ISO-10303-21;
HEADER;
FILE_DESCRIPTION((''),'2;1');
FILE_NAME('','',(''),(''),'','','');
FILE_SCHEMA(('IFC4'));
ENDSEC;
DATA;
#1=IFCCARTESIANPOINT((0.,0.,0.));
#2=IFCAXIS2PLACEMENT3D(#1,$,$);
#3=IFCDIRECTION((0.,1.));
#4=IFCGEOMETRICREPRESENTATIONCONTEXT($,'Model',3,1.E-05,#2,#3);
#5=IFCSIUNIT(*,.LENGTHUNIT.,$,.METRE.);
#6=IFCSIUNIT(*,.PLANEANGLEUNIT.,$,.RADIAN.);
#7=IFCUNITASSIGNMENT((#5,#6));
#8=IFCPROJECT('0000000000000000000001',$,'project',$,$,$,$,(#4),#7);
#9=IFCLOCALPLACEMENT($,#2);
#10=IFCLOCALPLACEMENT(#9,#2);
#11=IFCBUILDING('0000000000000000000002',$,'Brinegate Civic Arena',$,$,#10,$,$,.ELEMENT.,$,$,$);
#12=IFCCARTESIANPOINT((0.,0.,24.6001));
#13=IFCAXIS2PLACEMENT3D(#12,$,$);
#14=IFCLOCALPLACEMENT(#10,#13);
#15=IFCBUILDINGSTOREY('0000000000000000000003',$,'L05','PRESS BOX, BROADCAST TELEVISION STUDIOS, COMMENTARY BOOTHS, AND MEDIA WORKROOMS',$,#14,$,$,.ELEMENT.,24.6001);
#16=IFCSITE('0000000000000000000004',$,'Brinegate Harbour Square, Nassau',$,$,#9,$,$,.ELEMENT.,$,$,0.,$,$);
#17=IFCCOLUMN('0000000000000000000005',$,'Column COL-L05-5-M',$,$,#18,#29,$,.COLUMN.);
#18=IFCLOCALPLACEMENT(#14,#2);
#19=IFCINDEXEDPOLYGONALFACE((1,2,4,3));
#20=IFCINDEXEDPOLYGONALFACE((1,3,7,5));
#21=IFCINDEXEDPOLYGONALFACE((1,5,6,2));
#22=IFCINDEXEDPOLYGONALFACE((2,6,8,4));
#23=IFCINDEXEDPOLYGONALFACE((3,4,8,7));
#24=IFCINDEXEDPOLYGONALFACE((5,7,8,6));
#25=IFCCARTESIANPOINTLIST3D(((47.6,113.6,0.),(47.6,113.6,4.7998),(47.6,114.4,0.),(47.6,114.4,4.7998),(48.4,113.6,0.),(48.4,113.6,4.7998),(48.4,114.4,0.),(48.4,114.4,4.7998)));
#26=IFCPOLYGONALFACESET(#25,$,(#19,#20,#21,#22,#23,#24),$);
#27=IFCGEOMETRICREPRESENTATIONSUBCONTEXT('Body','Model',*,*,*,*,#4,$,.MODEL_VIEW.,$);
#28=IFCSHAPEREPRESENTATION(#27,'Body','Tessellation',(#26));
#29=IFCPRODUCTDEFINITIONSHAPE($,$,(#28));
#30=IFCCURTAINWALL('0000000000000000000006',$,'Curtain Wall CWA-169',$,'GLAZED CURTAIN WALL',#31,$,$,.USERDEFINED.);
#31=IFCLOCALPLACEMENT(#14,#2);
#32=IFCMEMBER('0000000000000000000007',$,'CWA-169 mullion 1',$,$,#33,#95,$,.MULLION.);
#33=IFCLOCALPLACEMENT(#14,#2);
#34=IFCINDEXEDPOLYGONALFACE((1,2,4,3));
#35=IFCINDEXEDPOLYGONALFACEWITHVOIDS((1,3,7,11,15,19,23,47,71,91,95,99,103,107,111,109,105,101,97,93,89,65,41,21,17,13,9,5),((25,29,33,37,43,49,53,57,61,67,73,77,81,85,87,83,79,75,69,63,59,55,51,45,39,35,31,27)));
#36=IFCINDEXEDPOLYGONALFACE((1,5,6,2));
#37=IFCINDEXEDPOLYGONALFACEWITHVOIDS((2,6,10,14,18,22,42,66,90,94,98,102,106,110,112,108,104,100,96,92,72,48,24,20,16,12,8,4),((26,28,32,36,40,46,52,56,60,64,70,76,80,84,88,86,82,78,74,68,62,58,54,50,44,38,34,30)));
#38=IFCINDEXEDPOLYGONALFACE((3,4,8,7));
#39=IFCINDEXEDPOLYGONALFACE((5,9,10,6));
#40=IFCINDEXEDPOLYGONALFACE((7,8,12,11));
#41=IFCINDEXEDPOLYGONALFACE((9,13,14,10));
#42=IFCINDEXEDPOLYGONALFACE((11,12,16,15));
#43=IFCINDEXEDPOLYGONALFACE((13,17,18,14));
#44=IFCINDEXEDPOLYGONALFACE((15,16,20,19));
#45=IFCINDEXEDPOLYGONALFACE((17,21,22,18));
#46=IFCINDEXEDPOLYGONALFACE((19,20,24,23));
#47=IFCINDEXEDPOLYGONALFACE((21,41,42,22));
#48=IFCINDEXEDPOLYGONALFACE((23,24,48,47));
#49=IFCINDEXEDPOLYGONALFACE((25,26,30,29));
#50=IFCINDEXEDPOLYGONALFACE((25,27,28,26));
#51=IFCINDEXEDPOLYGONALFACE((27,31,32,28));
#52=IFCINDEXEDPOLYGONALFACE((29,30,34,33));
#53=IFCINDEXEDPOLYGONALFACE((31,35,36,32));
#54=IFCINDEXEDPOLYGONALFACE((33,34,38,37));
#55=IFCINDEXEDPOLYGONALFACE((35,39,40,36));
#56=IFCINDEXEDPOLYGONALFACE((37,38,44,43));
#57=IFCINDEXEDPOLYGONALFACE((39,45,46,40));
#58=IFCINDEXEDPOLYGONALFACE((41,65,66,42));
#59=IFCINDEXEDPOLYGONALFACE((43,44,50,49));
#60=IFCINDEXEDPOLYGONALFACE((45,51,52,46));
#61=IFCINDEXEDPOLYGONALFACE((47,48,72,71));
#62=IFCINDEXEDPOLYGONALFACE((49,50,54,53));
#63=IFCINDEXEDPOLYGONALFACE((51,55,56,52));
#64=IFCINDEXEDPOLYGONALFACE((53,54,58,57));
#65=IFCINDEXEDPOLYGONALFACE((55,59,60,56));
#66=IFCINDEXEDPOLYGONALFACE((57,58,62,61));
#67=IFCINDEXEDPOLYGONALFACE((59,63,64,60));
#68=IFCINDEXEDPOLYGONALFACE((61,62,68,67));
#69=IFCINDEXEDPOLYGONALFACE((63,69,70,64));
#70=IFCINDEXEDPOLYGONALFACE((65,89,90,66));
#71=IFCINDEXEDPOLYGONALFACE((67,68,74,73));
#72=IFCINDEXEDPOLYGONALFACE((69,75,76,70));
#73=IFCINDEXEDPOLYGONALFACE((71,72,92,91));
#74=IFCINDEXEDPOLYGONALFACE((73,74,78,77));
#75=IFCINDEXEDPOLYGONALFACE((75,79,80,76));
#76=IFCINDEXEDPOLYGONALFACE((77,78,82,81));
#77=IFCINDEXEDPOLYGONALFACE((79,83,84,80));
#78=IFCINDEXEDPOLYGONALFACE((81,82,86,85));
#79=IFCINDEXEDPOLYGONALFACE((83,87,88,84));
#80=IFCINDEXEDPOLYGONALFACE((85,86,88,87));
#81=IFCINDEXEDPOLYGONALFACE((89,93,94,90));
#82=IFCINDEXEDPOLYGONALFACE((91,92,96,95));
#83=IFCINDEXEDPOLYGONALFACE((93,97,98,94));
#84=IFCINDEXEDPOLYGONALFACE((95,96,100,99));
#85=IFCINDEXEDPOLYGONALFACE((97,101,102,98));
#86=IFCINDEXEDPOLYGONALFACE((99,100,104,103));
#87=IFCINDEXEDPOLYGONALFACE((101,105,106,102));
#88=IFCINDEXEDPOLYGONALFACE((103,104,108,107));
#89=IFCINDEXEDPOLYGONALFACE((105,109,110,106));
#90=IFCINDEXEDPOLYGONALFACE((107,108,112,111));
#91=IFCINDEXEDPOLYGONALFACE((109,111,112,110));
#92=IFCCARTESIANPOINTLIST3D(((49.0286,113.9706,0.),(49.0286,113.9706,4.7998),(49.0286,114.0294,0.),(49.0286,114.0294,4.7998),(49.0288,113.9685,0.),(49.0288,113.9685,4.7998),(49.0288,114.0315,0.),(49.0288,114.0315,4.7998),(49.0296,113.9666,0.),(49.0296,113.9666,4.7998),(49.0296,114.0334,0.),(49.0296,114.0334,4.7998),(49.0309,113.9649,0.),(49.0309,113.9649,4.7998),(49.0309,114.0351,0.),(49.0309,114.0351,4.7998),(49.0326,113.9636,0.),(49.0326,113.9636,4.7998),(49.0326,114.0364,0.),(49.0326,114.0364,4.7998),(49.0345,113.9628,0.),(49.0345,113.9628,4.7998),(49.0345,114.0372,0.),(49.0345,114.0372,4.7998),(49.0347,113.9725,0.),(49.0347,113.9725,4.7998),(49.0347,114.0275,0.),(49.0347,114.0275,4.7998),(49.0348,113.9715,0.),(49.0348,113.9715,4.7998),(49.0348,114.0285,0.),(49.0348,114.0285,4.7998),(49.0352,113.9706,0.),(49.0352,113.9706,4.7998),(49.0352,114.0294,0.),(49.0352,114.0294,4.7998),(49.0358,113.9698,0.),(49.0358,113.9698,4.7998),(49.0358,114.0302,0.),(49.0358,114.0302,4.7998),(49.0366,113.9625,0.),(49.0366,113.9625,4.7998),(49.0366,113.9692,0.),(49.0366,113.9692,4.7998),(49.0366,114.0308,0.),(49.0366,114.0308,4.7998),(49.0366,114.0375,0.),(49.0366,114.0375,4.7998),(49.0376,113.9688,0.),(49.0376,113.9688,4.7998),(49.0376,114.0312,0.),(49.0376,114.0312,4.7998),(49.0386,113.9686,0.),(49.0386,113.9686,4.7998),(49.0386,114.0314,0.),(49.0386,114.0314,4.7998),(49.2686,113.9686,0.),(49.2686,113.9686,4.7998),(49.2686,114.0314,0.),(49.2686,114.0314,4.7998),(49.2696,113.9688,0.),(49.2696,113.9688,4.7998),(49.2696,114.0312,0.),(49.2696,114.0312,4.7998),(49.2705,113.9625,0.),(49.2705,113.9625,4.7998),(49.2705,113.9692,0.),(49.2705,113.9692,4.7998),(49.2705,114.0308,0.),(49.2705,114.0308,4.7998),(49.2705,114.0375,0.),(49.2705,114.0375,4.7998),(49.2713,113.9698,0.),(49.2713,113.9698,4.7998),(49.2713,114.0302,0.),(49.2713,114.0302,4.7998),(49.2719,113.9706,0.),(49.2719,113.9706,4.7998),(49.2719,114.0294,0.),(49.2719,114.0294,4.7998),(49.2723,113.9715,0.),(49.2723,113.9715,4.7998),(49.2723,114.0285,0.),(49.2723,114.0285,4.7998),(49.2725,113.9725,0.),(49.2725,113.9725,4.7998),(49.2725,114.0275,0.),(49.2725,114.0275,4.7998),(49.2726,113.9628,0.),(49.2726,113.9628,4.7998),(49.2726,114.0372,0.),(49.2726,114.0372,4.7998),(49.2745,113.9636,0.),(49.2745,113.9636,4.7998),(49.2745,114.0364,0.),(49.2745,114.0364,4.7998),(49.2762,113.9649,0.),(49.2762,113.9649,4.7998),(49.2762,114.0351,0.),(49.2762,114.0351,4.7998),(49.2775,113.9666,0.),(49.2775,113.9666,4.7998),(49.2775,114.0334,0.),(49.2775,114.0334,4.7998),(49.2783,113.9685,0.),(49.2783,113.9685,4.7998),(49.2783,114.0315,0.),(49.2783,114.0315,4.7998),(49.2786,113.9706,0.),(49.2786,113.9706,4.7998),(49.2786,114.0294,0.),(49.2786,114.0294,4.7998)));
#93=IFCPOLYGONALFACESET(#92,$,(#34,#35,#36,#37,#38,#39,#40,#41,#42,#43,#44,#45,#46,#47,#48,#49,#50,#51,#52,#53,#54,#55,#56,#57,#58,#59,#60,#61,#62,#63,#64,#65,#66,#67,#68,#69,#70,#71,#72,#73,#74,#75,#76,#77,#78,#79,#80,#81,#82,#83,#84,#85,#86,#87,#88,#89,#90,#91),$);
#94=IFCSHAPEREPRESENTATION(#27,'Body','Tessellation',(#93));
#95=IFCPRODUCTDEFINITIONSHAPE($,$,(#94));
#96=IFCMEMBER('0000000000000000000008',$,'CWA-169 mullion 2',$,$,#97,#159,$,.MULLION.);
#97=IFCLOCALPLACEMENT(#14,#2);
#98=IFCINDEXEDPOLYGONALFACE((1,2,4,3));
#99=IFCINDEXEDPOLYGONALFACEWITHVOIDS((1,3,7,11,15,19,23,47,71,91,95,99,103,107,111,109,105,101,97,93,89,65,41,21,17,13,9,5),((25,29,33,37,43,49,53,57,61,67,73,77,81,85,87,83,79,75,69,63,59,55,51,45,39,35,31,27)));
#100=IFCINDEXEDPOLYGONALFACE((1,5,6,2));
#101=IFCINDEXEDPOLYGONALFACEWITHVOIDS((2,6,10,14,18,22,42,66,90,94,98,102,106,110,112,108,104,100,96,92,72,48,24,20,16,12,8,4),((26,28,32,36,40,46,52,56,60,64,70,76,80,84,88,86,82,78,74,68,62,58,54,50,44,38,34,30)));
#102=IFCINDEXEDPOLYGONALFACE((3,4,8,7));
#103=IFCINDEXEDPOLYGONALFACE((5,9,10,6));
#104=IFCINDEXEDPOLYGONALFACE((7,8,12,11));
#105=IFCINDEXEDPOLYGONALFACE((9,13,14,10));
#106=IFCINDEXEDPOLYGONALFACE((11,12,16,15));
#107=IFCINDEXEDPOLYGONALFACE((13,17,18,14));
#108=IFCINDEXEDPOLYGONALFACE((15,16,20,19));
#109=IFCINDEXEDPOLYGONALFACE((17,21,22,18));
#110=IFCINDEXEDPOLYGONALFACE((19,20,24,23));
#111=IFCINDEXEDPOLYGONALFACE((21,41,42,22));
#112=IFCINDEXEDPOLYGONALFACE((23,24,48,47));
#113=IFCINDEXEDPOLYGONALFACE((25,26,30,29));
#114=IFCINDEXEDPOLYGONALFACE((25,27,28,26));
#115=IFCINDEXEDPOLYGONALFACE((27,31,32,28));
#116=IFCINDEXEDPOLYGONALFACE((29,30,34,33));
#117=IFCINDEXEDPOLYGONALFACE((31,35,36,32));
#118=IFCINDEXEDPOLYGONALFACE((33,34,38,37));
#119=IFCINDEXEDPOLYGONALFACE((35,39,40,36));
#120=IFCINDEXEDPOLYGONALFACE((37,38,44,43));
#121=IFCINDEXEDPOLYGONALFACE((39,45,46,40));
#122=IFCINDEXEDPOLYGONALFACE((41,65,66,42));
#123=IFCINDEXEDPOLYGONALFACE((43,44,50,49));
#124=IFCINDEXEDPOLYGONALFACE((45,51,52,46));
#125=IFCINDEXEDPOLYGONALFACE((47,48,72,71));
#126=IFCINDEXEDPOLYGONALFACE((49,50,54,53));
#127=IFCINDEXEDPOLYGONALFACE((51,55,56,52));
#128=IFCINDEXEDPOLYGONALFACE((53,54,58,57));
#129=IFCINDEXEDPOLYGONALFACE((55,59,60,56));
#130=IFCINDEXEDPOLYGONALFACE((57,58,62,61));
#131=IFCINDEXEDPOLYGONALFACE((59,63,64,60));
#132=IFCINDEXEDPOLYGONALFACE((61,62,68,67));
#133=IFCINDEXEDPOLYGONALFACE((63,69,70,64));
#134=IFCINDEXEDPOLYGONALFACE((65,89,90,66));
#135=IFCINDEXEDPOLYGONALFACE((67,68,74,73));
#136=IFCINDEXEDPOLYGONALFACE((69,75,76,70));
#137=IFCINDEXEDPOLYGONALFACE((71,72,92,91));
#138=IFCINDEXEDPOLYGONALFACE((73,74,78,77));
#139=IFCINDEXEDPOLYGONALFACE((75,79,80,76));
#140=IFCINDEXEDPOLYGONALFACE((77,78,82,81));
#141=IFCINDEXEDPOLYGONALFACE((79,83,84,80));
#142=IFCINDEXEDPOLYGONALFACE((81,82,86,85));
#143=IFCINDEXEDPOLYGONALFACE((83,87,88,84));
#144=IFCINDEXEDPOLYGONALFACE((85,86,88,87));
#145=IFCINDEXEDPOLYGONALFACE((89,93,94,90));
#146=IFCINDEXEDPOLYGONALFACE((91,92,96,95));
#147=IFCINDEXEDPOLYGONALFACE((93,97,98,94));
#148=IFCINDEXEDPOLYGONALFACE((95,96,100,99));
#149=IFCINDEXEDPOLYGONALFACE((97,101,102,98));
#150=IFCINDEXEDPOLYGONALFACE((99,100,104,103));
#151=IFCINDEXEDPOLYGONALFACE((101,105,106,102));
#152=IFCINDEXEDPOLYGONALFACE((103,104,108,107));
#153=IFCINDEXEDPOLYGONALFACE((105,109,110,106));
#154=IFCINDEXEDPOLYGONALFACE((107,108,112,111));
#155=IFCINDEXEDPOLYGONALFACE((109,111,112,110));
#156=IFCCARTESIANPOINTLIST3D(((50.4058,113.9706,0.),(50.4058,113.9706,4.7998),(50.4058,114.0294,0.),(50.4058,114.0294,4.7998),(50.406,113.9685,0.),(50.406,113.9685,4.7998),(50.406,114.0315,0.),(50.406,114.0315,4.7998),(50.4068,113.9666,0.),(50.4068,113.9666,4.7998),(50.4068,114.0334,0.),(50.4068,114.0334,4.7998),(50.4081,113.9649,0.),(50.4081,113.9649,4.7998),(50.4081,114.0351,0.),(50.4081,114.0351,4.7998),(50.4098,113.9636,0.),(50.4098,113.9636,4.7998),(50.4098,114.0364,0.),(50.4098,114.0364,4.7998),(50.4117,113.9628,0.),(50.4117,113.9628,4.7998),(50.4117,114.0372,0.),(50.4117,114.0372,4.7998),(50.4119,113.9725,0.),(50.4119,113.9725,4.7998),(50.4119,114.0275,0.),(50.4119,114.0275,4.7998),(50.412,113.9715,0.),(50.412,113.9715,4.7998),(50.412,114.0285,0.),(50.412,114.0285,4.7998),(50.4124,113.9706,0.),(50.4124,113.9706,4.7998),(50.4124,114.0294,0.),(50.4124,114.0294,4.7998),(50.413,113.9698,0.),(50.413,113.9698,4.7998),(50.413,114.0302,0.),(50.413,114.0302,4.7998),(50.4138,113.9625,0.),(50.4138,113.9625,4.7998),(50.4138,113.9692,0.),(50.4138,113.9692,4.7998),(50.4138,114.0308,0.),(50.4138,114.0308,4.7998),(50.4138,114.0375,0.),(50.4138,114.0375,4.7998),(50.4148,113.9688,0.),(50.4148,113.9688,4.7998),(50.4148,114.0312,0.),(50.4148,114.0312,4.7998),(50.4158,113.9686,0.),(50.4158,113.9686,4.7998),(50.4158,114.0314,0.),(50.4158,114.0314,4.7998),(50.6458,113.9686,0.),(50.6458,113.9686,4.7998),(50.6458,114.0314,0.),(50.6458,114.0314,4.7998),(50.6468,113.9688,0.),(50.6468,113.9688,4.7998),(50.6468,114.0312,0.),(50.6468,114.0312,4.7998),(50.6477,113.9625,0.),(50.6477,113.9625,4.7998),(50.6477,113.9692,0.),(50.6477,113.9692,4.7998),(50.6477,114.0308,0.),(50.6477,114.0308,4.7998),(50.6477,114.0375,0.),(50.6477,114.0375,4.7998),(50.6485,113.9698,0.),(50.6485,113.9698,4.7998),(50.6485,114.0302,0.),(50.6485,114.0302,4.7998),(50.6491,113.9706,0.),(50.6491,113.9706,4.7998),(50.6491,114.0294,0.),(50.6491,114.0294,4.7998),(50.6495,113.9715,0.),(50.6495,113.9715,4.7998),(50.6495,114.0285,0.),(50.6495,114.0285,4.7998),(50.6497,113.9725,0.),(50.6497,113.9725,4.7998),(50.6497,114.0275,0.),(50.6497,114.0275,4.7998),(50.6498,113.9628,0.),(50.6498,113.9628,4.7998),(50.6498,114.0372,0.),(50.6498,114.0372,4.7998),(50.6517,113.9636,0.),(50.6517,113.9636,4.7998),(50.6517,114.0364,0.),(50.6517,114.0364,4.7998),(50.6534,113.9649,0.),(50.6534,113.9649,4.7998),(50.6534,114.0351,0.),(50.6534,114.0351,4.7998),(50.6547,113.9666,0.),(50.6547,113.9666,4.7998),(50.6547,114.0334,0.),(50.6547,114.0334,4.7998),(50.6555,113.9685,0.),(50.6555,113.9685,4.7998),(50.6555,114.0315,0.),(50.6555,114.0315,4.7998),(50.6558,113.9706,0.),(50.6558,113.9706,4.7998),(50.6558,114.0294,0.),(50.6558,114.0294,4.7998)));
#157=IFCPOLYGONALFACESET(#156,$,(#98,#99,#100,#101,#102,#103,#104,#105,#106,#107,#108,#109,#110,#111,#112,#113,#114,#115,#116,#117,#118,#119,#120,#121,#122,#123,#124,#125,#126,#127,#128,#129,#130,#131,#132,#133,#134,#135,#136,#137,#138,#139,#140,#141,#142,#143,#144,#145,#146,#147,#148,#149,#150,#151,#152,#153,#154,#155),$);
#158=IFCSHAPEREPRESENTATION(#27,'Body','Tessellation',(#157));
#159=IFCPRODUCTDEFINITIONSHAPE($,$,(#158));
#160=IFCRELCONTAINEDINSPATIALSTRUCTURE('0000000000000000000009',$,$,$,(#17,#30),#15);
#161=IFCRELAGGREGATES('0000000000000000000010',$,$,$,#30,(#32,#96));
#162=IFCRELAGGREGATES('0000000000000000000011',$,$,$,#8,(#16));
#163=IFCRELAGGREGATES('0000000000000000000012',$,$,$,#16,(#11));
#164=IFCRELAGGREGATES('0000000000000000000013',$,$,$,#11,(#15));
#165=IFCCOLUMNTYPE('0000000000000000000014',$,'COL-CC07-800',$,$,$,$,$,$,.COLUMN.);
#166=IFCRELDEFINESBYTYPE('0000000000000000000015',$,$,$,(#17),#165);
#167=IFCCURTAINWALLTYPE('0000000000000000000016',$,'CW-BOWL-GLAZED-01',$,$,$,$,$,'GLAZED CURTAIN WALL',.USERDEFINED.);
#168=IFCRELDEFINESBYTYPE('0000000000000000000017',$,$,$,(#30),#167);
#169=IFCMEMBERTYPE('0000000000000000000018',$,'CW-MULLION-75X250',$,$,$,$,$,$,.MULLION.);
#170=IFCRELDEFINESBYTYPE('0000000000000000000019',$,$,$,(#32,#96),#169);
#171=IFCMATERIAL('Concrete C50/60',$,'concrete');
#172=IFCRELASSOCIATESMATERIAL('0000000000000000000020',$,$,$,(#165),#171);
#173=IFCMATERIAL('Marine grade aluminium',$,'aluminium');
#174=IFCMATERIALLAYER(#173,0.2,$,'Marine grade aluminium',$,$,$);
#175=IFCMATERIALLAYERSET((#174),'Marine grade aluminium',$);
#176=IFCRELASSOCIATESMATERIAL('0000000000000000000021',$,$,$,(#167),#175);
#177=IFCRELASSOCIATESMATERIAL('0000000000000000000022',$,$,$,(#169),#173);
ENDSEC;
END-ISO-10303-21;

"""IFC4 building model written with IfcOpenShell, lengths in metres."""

from ifc_helpers import new_model, si_unit, direction, frame, origin, origin_2d, place, context, subcontext, project, spatial, rectangle, hollow_rectangle, extrude, material, layer, layer_set, material_profile, profile_set, type_object, element, aggregate, save


model = new_model("IFC4")

# Units and contexts
model_context = context("Model", 3, precision=1e-05, world=origin(), true_north=direction((0.0, 1.0)))
body_context = subcontext(model_context, "Body", "Model", "MODEL_VIEW")
ifc_project = project(units=[si_unit("LENGTHUNIT", "METRE"), si_unit("PLANEANGLEUNIT", "RADIAN")], contexts=[model_context])

# Site, building, storey
site_placement = place(None, origin())
site = spatial("IfcSite", under=ifc_project, at=site_placement, Name="Brinegate Harbour Square, Nassau", CompositionType="ELEMENT", RefElevation=0.0)
building_placement = place(site_placement, origin())
building = spatial("IfcBuilding", under=site, at=building_placement, Name="Brinegate Civic Arena", CompositionType="ELEMENT")
storey_placement = place(building_placement, frame((0.0, 0.0, 24.6001)))
storey = spatial("IfcBuildingStorey", under=building, at=storey_placement, Name="L05", Description="PRESS BOX, BROADCAST TELEVISION STUDIOS, COMMENTARY BOOTHS, AND MEDIA WORKROOMS", CompositionType="ELEMENT", Elevation=24.6001)

# Column
ifc_material_1 = material(Name="Concrete C50/60", Category="concrete")
ifc_material_profile_1 = material_profile(ifc_material_1, rectangle(XDim=0.8, YDim=0.8, at=origin_2d()), Name="RC800X800")
ifc_profile_set_1 = profile_set([ifc_material_profile_1], Name="Concrete C50/60")
column_type = type_object("IfcColumnType", Name="COL-CC07-800", PredefinedType="COLUMN", material=ifc_profile_set_1)
column_placement = place(storey_placement, frame((48.0, 114.0, 0.0), z_axis=(0.0, 0.0, 1.0), x_axis=(1.0, 0.0, 0.0)))
element("IfcColumn", 1, at=column_placement, inside=storey, type_object=column_type, Name="Column COL-L05-5-M", PredefinedType="COLUMN", context=body_context, shape_type="SweptSolid", body=[
    extrude(rectangle(XDim=0.8, YDim=0.8, at=origin_2d()), origin(), (0.0, 0.0, 1.0), 4.7998),
])

# Curtain wall, members
ifc_material_2 = material(Name="Marine grade aluminium", Category="aluminium")
ifc_layer_1 = layer(ifc_material_2, 0.2, Name="Marine grade aluminium")
ifc_layer_set_1 = layer_set([ifc_layer_1], Name="Marine grade aluminium")
curtain_wall_type = type_object("IfcCurtainWallType", Name="CW-BOWL-GLAZED-01", ElementType="GLAZED CURTAIN WALL", PredefinedType="USERDEFINED", material=ifc_layer_set_1)
curtain_wall_1_placement = place(storey_placement, origin())
curtain_wall_1 = element("IfcCurtainWall", 2, at=curtain_wall_1_placement, inside=storey, type_object=curtain_wall_type, Name="Curtain Wall CWA-169", ObjectType="GLAZED CURTAIN WALL", PredefinedType="USERDEFINED")
ifc_material_profile_2 = material_profile(ifc_material_2, hollow_rectangle(XDim=0.075, YDim=0.25, WallThickness=0.0061, InnerFilletRadius=0.0039, OuterFilletRadius=0.0081, at=origin_2d()), Name="MUL75X250")
ifc_profile_set_2 = profile_set([ifc_material_profile_2], Name="Marine grade aluminium")
member_type_1 = type_object("IfcMemberType", Name="CW-MULLION-75X250", PredefinedType="MULLION", material=ifc_profile_set_2)
member_1_placement = place(storey_placement, frame((49.1536, 114.0, 0.0), z_axis=(0.0, 0.0, 1.0), x_axis=(0.0, 1.0, 0.0)))
member_1 = element("IfcMember", 3, at=member_1_placement, type_object=member_type_1, Name="CWA-169 mullion 1", PredefinedType="MULLION", context=body_context, shape_type="SweptSolid", body=[
    extrude(hollow_rectangle(XDim=0.075, YDim=0.25, WallThickness=0.0061, InnerFilletRadius=0.0039, OuterFilletRadius=0.0081, at=origin_2d()), origin(), (0.0, 0.0, 1.0), 4.7998),
])
member_2_placement = place(storey_placement, frame((50.5308, 114.0, 0.0), z_axis=(0.0, 0.0, 1.0), x_axis=(0.0, 1.0, 0.0)))
member_2 = element("IfcMember", 4, at=member_2_placement, type_object=member_type_1, Name="CWA-169 mullion 2", PredefinedType="MULLION", context=body_context, shape_type="SweptSolid", body=[
    extrude(hollow_rectangle(XDim=0.075, YDim=0.25, WallThickness=0.0061, InnerFilletRadius=0.0039, OuterFilletRadius=0.0081, at=origin_2d()), origin(), (0.0, 0.0, 1.0), 4.7998),
])

aggregate(curtain_wall_1, [member_1, member_2])

save(model, "model.ifc")
